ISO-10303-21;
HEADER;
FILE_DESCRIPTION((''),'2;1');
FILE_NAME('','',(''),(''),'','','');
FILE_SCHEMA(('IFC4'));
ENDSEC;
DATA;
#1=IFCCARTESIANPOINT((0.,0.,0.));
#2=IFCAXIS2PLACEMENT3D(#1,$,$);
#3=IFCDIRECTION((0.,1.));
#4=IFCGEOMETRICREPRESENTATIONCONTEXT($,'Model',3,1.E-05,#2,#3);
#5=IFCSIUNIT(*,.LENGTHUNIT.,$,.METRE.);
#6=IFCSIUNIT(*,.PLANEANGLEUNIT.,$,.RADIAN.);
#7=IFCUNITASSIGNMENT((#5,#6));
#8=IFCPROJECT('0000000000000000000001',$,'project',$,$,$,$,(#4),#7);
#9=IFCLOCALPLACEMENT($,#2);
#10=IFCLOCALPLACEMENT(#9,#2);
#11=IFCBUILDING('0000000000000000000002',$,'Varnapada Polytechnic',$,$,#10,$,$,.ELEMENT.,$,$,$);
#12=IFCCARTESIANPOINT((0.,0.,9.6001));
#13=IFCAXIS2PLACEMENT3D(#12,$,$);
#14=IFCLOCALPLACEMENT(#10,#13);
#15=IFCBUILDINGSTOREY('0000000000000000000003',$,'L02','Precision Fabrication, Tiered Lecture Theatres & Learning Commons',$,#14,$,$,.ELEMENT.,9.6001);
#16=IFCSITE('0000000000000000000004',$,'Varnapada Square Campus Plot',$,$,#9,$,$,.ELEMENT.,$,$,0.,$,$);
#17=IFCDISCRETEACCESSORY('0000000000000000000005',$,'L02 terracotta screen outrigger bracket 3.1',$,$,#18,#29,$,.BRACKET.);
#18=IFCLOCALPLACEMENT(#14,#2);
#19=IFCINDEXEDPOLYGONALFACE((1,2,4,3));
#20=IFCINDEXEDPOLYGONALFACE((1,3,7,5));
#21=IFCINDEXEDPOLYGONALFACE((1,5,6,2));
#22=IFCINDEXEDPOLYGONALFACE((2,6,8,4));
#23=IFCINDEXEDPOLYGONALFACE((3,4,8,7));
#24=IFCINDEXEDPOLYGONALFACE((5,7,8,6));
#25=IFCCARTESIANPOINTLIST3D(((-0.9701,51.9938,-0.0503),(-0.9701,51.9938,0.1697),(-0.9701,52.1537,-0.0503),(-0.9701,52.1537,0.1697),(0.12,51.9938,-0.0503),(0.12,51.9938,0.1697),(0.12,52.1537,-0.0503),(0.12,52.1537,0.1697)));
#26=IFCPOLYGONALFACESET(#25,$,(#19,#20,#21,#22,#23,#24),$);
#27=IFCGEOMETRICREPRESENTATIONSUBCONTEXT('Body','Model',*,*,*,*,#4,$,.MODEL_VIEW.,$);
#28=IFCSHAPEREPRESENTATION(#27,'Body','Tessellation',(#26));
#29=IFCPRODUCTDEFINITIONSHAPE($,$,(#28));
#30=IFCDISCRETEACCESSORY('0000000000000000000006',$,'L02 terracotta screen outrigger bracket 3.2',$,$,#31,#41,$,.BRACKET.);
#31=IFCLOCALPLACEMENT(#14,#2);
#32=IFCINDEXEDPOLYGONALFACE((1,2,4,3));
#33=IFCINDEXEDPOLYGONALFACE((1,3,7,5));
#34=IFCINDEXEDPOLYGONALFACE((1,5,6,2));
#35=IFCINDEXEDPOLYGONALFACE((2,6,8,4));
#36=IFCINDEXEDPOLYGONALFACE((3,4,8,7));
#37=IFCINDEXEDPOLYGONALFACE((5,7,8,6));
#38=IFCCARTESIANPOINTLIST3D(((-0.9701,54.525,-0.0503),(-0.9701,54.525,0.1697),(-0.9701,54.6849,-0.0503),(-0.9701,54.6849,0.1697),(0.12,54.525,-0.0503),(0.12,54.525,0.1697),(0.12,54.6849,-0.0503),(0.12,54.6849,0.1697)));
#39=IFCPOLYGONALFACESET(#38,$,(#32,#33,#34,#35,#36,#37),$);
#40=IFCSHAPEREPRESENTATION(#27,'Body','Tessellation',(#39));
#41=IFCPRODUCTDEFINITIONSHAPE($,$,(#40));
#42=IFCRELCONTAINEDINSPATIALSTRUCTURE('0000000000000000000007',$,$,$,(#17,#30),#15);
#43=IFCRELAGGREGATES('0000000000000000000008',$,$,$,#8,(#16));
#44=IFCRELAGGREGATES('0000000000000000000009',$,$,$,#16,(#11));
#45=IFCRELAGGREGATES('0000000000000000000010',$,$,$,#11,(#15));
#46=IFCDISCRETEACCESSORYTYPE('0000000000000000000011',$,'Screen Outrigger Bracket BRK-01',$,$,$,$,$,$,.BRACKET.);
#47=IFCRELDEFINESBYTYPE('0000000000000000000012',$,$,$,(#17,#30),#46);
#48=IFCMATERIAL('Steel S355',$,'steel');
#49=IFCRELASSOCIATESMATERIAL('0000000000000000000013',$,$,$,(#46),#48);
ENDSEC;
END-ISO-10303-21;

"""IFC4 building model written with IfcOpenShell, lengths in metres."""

from ifc_helpers import new_model, si_unit, direction, frame, origin, origin_2d, place, context, subcontext, project, spatial, rectangle, extrude, material, type_object, element, save


model = new_model("IFC4")

# Units and contexts
model_context = context("Model", 3, precision=1e-05, world=origin(), true_north=direction((0.0, 1.0)))
body_context = subcontext(model_context, "Body", "Model", "MODEL_VIEW")
ifc_project = project(units=[si_unit("LENGTHUNIT", "METRE"), si_unit("PLANEANGLEUNIT", "RADIAN")], contexts=[model_context])

# Site, building, storey
site_placement = place(None, origin())
site = spatial("IfcSite", under=ifc_project, at=site_placement, Name="Varnapada Square Campus Plot", CompositionType="ELEMENT", RefElevation=0.0)
building_placement = place(site_placement, origin())
building = spatial("IfcBuilding", under=site, at=building_placement, Name="Varnapada Polytechnic", CompositionType="ELEMENT")
storey_placement = place(building_placement, frame((0.0, 0.0, 9.6001)))
storey = spatial("IfcBuildingStorey", under=building, at=storey_placement, Name="L02", Description="Precision Fabrication, Tiered Lecture Theatres & Learning Commons", CompositionType="ELEMENT", Elevation=9.6001)

# Discrete accessories
ifc_material_1 = material(Name="Steel S355", Category="steel")
discrete_accessory_type = type_object("IfcDiscreteAccessoryType", Name="Screen Outrigger Bracket BRK-01", PredefinedType="BRACKET", material=ifc_material_1)
for number, where, z_axis, x_axis, name in (
    (1, (-0.425, 52.0737, -0.0503), (0.0, 0.0, 1.0), (0.0, 1.0, 0.0), "L02 terracotta screen outrigger bracket 3.1"),
    (2, (-0.425, 54.605, -0.0503), (0.0, 0.0, 1.0), (0.0, 1.0, 0.0), "L02 terracotta screen outrigger bracket 3.2"),
):
    element("IfcDiscreteAccessory", number, at=place(storey_placement, frame(where, z_axis=z_axis, x_axis=x_axis)), inside=storey, type_object=discrete_accessory_type, Name=name, PredefinedType="BRACKET", context=body_context, shape_type="SweptSolid", body=[
        extrude(rectangle(XDim=0.1599, YDim=1.0901, at=origin_2d()), origin(), (0.0, 0.0, 1.0), 0.22),
    ])

save(model, "model.ifc")
